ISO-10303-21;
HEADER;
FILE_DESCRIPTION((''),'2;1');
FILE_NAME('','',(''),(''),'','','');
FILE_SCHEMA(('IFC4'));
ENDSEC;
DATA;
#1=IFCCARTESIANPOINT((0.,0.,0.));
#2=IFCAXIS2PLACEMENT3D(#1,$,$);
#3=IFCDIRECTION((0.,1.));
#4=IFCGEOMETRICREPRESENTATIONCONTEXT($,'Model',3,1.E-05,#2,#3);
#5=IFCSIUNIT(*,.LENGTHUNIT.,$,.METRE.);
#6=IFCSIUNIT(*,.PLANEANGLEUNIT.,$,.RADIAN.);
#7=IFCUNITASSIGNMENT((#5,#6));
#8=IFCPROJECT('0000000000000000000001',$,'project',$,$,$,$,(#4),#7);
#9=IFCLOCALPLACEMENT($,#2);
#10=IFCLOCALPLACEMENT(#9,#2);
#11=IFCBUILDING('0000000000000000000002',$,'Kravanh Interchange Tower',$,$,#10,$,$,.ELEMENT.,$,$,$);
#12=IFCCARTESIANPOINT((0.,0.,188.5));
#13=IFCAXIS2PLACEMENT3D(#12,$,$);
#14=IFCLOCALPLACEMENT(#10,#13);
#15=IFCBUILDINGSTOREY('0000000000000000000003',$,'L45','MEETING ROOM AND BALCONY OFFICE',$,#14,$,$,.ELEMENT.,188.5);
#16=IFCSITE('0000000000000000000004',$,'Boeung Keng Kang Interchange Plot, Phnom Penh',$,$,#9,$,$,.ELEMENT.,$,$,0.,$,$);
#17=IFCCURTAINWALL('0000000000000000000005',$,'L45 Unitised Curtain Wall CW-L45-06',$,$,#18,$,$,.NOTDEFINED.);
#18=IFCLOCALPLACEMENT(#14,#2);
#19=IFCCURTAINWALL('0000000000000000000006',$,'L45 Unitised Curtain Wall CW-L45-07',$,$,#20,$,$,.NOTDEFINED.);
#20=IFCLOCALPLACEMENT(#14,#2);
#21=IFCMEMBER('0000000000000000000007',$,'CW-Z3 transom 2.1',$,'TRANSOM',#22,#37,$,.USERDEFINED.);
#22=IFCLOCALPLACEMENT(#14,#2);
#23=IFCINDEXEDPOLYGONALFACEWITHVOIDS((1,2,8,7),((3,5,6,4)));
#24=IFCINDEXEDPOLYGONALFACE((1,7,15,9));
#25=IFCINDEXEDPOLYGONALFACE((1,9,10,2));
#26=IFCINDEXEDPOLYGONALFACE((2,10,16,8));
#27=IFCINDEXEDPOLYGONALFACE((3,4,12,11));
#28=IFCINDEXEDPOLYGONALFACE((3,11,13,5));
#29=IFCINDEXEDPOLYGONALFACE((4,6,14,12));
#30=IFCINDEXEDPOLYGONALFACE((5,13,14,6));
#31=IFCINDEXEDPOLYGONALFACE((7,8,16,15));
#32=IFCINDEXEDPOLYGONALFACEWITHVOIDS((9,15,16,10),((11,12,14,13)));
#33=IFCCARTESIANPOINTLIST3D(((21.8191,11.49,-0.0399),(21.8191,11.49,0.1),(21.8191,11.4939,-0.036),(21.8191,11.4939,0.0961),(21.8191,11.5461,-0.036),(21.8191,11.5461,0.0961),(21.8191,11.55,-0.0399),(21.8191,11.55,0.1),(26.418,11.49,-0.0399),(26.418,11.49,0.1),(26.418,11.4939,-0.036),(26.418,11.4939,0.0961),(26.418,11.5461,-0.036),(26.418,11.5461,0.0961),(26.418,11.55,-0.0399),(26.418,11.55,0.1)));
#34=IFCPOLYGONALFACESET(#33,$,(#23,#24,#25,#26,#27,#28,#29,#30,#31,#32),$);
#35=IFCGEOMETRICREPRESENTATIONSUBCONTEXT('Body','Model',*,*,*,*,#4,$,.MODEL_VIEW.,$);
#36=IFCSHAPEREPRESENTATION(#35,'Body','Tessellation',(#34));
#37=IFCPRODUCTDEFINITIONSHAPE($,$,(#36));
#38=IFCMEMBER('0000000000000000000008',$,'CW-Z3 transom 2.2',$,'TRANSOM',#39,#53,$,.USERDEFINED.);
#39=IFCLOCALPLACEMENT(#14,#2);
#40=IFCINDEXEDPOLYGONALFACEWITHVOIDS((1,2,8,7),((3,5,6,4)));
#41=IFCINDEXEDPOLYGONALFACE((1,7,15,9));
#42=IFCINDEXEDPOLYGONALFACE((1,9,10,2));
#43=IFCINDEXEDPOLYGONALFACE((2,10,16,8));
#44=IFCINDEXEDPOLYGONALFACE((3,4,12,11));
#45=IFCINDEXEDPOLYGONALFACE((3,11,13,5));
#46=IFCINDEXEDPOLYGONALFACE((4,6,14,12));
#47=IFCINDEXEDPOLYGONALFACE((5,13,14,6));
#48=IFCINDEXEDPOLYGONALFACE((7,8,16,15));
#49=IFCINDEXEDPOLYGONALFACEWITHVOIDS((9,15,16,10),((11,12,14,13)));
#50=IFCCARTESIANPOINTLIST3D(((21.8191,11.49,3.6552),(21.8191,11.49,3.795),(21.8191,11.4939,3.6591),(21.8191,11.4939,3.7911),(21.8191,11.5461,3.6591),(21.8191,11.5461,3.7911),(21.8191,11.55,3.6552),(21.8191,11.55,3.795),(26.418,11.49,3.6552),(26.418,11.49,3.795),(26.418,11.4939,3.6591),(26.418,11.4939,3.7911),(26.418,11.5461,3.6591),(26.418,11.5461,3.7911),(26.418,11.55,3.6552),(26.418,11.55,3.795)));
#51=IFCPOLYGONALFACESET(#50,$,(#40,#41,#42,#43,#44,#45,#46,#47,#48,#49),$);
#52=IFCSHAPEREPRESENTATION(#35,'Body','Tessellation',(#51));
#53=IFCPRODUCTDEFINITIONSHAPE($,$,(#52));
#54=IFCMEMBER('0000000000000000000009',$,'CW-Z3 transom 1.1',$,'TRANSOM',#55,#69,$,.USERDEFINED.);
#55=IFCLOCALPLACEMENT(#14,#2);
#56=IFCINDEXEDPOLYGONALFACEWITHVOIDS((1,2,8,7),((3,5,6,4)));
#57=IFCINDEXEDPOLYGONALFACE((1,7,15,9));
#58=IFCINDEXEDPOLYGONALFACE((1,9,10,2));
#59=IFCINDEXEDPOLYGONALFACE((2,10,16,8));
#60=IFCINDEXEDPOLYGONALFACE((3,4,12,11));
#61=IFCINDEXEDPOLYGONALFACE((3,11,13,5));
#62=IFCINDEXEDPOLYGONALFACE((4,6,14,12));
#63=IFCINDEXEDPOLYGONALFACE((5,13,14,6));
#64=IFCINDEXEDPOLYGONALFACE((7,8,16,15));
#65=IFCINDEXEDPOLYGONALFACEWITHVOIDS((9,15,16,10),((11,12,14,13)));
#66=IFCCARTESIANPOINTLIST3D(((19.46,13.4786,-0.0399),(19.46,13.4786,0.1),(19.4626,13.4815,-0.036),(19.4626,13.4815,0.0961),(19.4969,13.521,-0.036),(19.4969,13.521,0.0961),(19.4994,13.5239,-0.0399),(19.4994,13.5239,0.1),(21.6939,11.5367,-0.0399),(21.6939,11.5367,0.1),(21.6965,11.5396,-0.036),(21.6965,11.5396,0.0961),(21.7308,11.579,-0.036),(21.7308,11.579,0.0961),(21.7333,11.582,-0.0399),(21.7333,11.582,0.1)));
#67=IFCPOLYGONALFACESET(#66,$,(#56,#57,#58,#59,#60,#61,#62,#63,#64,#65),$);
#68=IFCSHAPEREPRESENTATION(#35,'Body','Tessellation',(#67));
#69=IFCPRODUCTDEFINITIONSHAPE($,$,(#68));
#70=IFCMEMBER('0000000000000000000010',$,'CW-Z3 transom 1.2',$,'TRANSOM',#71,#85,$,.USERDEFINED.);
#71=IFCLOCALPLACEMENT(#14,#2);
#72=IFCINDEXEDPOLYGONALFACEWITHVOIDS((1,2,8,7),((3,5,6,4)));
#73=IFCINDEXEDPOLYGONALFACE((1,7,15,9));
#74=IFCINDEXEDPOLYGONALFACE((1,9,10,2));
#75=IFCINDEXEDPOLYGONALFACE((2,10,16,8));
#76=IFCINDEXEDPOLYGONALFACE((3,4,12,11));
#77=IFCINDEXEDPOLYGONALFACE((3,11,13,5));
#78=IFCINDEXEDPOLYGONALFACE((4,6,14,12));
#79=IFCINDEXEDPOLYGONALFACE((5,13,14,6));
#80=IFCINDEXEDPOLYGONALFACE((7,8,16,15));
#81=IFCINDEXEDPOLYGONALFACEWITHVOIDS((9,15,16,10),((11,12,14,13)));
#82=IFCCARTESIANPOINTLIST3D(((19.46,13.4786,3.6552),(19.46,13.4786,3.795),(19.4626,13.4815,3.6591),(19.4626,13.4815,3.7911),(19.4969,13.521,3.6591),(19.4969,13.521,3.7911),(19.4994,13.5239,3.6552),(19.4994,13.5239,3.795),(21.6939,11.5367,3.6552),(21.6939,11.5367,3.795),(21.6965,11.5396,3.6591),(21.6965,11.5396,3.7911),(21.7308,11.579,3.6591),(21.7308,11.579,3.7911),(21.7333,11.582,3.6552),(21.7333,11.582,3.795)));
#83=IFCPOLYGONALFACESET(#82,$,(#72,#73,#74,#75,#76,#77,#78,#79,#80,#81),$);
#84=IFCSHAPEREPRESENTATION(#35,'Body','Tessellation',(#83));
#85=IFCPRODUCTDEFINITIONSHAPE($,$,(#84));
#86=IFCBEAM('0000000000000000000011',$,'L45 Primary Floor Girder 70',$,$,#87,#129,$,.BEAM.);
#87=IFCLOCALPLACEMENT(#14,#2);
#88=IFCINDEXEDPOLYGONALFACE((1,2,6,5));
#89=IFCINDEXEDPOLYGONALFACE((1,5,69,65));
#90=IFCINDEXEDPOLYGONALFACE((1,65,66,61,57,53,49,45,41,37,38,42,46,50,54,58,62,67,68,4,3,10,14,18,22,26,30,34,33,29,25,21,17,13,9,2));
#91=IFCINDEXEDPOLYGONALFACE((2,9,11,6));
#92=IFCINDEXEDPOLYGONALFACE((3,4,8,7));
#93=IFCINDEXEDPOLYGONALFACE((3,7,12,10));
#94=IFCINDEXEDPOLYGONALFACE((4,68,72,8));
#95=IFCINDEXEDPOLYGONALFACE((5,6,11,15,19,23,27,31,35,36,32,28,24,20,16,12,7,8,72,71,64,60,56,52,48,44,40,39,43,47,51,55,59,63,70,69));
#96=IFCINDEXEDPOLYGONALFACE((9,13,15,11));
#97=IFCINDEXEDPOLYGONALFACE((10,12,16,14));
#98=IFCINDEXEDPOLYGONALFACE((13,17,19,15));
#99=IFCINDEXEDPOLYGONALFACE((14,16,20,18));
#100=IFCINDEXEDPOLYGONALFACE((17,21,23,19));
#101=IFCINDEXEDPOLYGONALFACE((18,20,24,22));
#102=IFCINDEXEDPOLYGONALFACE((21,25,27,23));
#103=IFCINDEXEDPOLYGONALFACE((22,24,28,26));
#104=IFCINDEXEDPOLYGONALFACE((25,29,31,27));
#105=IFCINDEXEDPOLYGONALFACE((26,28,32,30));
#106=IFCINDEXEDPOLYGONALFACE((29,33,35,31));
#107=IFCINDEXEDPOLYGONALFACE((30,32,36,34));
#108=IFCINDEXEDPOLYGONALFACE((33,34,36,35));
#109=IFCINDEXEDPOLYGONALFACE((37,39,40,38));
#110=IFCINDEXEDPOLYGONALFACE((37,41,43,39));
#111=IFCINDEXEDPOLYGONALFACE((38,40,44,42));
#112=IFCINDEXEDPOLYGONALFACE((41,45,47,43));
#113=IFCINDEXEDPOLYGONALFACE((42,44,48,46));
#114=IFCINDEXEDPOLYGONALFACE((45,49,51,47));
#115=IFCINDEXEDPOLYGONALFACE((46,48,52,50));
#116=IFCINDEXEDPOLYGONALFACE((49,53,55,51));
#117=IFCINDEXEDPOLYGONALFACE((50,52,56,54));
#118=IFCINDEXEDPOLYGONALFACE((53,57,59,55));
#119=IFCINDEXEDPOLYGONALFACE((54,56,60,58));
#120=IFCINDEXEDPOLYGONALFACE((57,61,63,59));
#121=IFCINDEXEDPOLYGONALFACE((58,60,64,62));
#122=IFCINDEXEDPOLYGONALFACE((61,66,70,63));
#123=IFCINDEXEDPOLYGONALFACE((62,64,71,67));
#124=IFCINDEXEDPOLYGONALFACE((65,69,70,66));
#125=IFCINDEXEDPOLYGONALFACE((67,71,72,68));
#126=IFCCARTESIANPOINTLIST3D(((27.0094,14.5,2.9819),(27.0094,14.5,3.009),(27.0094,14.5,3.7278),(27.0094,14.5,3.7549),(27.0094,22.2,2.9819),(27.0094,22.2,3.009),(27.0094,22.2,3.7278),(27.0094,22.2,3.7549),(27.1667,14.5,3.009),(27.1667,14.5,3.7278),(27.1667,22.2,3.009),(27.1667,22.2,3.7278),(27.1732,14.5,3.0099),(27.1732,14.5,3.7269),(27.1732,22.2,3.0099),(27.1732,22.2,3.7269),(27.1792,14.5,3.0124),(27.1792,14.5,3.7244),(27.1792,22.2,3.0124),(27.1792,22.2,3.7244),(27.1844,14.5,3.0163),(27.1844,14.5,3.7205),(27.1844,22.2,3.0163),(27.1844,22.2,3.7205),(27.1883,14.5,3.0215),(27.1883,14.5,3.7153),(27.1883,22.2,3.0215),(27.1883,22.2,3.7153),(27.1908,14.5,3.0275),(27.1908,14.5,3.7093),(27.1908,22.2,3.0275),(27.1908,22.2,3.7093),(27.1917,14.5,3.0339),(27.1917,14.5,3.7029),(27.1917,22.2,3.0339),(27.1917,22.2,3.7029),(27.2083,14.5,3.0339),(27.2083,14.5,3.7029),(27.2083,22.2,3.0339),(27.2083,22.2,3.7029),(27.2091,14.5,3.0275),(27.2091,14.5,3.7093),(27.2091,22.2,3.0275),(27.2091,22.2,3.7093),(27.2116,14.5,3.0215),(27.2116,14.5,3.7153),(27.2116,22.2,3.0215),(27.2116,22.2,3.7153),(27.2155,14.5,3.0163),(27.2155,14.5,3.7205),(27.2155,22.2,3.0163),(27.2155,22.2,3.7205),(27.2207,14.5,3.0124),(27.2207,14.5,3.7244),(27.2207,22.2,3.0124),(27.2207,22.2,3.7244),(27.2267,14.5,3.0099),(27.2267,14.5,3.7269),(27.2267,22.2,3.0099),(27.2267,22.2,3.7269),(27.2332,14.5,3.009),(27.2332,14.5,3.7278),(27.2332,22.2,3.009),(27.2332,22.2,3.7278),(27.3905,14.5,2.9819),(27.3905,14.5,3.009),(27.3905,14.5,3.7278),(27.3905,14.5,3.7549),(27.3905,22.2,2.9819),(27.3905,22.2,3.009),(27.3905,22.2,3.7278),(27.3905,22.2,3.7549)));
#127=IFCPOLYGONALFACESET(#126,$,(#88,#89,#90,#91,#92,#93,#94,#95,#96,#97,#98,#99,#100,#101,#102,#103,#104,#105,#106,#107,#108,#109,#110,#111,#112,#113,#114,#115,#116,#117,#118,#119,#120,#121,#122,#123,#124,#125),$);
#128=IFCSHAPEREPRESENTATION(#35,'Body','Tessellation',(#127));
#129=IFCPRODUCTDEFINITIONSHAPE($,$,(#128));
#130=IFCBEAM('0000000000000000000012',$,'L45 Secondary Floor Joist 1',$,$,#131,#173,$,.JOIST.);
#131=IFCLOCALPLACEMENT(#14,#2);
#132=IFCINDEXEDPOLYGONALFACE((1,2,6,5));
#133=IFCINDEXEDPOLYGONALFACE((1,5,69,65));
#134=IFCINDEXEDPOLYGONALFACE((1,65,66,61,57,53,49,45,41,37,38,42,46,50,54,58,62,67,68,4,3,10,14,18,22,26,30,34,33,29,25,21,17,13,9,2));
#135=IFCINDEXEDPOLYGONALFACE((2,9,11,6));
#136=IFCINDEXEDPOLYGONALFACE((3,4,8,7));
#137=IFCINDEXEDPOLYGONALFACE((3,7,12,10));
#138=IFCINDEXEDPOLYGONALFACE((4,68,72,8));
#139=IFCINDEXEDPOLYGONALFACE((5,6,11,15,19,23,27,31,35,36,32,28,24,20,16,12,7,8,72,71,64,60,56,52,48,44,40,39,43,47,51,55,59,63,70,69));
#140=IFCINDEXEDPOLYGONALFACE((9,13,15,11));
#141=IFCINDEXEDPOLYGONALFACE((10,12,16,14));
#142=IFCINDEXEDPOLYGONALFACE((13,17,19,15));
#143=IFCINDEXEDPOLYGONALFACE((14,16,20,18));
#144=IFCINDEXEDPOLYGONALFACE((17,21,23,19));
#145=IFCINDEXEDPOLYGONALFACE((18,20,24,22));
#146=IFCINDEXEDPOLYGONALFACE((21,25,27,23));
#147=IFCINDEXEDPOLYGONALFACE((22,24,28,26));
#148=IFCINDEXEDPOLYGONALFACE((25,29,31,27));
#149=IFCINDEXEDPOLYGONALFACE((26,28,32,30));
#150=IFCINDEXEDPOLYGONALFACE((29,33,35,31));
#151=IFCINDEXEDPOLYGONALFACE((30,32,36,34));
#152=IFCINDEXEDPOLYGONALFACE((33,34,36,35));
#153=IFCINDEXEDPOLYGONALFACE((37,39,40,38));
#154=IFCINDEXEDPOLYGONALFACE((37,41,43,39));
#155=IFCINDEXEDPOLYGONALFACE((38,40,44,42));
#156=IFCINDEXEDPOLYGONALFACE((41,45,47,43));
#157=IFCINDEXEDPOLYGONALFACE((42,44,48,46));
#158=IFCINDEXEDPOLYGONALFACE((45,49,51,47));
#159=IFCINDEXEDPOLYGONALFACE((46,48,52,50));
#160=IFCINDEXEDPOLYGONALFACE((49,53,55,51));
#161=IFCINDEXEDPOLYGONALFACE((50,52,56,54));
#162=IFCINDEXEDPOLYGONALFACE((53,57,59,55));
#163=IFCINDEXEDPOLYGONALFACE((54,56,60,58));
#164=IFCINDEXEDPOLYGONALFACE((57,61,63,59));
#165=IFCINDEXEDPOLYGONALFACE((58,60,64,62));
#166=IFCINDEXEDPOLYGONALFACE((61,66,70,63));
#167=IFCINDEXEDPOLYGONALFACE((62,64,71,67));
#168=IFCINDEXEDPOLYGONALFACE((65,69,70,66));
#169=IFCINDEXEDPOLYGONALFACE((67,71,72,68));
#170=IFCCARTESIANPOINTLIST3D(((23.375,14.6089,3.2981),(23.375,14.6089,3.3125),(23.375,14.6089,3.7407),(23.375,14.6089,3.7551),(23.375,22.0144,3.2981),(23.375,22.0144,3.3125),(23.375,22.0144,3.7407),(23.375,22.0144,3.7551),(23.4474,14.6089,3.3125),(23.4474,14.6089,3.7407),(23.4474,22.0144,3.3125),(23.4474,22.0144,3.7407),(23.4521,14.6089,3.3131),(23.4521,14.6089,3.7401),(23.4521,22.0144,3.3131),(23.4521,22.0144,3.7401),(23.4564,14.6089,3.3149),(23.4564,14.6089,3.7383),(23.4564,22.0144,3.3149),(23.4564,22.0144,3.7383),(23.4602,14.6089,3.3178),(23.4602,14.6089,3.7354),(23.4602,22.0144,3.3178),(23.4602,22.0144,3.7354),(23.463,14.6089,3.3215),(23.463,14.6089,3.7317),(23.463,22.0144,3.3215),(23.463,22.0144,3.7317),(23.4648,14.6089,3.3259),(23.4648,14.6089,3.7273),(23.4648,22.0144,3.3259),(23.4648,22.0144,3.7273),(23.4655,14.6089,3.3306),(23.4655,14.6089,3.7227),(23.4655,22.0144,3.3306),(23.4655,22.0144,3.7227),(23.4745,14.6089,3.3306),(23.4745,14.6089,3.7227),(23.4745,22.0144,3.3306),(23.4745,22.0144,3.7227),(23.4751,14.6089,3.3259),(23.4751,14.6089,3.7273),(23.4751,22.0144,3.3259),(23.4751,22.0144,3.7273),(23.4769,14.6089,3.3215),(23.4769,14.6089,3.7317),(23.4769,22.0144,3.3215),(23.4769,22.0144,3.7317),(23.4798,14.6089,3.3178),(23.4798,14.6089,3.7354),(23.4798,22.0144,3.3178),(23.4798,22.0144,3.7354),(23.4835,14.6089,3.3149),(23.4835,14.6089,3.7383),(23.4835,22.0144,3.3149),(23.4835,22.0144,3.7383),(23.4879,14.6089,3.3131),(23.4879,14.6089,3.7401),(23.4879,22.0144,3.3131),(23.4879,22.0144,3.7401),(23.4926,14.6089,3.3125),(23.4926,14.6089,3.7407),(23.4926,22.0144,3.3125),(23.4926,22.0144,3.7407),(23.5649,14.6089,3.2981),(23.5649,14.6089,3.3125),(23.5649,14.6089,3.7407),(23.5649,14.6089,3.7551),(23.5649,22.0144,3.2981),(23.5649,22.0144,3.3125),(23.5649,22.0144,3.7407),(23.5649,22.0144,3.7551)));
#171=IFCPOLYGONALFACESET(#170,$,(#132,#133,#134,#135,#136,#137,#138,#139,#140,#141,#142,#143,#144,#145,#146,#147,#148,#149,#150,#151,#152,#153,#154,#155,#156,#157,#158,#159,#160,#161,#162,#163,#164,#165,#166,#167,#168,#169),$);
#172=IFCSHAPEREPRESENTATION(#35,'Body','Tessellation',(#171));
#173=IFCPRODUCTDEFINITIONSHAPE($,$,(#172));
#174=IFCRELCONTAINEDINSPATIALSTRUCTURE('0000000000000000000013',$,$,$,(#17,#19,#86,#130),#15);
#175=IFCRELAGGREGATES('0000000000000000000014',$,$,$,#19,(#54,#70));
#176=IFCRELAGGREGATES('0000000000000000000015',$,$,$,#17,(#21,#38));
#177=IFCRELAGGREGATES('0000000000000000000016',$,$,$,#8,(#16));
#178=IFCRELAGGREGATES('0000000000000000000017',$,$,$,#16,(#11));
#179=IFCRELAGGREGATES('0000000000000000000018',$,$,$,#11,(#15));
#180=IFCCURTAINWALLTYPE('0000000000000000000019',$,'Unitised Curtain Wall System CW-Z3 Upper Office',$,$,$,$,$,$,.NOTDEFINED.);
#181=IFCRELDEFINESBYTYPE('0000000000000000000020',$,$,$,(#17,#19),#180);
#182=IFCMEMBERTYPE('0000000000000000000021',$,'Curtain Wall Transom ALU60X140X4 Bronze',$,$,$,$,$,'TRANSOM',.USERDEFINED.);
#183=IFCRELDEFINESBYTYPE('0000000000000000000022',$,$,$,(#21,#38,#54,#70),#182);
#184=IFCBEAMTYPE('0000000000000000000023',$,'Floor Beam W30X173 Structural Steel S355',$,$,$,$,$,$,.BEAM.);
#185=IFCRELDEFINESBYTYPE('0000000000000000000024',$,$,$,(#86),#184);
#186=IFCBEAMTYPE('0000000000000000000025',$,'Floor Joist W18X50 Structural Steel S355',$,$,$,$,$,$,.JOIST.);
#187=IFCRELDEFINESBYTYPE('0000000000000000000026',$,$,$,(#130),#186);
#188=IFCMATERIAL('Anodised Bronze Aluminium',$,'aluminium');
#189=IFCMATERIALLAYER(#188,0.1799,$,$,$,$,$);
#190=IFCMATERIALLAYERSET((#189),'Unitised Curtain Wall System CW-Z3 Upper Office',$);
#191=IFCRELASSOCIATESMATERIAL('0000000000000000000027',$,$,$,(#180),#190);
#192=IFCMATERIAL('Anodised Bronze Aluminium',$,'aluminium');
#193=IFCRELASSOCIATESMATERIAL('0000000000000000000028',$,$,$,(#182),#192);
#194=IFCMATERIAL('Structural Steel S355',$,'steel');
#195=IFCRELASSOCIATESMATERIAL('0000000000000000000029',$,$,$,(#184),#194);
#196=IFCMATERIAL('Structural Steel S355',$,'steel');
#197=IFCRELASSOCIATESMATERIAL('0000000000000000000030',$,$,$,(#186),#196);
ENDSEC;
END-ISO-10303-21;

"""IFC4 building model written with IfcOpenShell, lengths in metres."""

from ifc_helpers import new_model, si_unit, direction, frame, origin, origin_2d, place, context, subcontext, project, spatial, hollow_rectangle, i_section, extrude, material, layer, layer_set, material_profile, profile_set, type_object, element, aggregate, save


model = new_model("IFC4")

# Units and contexts
model_context = context("Model", 3, precision=1e-05, world=origin(), true_north=direction((0.0, 1.0)))
body_context = subcontext(model_context, "Body", "Model", "MODEL_VIEW")
ifc_project = project(units=[si_unit("LENGTHUNIT", "METRE"), si_unit("PLANEANGLEUNIT", "RADIAN")], contexts=[model_context])

# Site, building, storey
site_placement = place(None, origin())
site = spatial("IfcSite", under=ifc_project, at=site_placement, Name="Boeung Keng Kang Interchange Plot, Phnom Penh", CompositionType="ELEMENT", RefElevation=0.0)
building_placement = place(site_placement, origin())
building = spatial("IfcBuilding", under=site, at=building_placement, Name="Kravanh Interchange Tower", CompositionType="ELEMENT")
storey_placement = place(building_placement, frame((0.0, 0.0, 188.5)))
storey = spatial("IfcBuildingStorey", under=building, at=storey_placement, Name="L45", Description="MEETING ROOM AND BALCONY OFFICE", CompositionType="ELEMENT", Elevation=188.5)

# Curtain wall
ifc_material_1 = material(Name="Anodised Bronze Aluminium", Category="aluminium")
ifc_layer_1 = layer(ifc_material_1, 0.1799)
ifc_layer_set_1 = layer_set([ifc_layer_1], Name="Unitised Curtain Wall System CW-Z3 Upper Office")
curtain_wall_type = type_object("IfcCurtainWallType", Name="Unitised Curtain Wall System CW-Z3 Upper Office", PredefinedType="NOTDEFINED", material=ifc_layer_set_1)
curtain_wall_1_placement = place(storey_placement, origin())
curtain_wall_1 = element("IfcCurtainWall", 1, at=curtain_wall_1_placement, inside=storey, type_object=curtain_wall_type, Name="L45 Unitised Curtain Wall CW-L45-06", PredefinedType="NOTDEFINED")

# Curtain wall
curtain_wall_2_placement = place(storey_placement, origin())
curtain_wall_2 = element("IfcCurtainWall", 2, at=curtain_wall_2_placement, inside=storey, type_object=curtain_wall_type, Name="L45 Unitised Curtain Wall CW-L45-07", PredefinedType="NOTDEFINED")

# Members
ifc_material_2 = material(Name="Anodised Bronze Aluminium", Category="aluminium")
ifc_material_profile_1 = material_profile(ifc_material_2, hollow_rectangle(XDim=0.0601, YDim=0.1399, WallThickness=0.0039, at=origin_2d()), Name="ALU60X140X4")
ifc_profile_set_1 = profile_set([ifc_material_profile_1], Name="Anodised Bronze Aluminium")
member_type_1 = type_object("IfcMemberType", Name="Curtain Wall Transom ALU60X140X4 Bronze", ElementType="TRANSOM", PredefinedType="USERDEFINED", material=ifc_profile_set_1)
member_1_placement = place(storey_placement, frame((26.418, 11.52, 0.03), z_axis=(-1.0, 0.0, 0.0), x_axis=(0.0, -1.0, 0.0)))
member_1 = element("IfcMember", 3, at=member_1_placement, type_object=member_type_1, Name="CW-Z3 transom 2.1", ObjectType="TRANSOM", PredefinedType="USERDEFINED", context=body_context, shape_type="SweptSolid", body=[
    extrude(hollow_rectangle(XDim=0.0601, YDim=0.1399, WallThickness=0.0039, at=origin_2d()), origin(), (0.0, 0.0, 1.0), 4.5989),
])
member_2_placement = place(storey_placement, frame((26.418, 11.52, 3.7251), z_axis=(-1.0, 0.0, 0.0), x_axis=(0.0, -1.0, 0.0)))
member_2 = element("IfcMember", 4, at=member_2_placement, type_object=member_type_1, Name="CW-Z3 transom 2.2", ObjectType="TRANSOM", PredefinedType="USERDEFINED", context=body_context, shape_type="SweptSolid", body=[
    extrude(hollow_rectangle(XDim=0.0601, YDim=0.1399, WallThickness=0.0039, at=origin_2d()), origin(), (0.0, 0.0, 1.0), 4.5989),
])
member_3_placement = place(storey_placement, frame((21.7136, 11.5593, 0.03), z_axis=(-0.754709, 0.65606, 0.0), x_axis=(-0.65606, -0.754709, 0.0)))
member_3 = element("IfcMember", 5, at=member_3_placement, type_object=member_type_1, Name="CW-Z3 transom 1.1", ObjectType="TRANSOM", PredefinedType="USERDEFINED", context=body_context, shape_type="SweptSolid", body=[
    extrude(hollow_rectangle(XDim=0.0601, YDim=0.1399, WallThickness=0.0039, at=origin_2d()), origin(), (0.0, 0.0, 1.0), 2.96),
])
member_4_placement = place(storey_placement, frame((21.7136, 11.5593, 3.7251), z_axis=(-0.754709, 0.65606, 0.0), x_axis=(-0.65606, -0.754709, 0.0)))
member_4 = element("IfcMember", 6, at=member_4_placement, type_object=member_type_1, Name="CW-Z3 transom 1.2", ObjectType="TRANSOM", PredefinedType="USERDEFINED", context=body_context, shape_type="SweptSolid", body=[
    extrude(hollow_rectangle(XDim=0.0601, YDim=0.1399, WallThickness=0.0039, at=origin_2d()), origin(), (0.0, 0.0, 1.0), 2.96),
])
aggregate(curtain_wall_2, [member_3, member_4])

# Beams
ifc_material_3 = material(Name="Structural Steel S355", Category="steel")
ifc_material_profile_2 = material_profile(ifc_material_3, i_section(OverallWidth=0.3811, OverallDepth=0.7729, WebThickness=0.0166, FlangeThickness=0.0271, FilletRadius=0.0249, at=origin_2d()), Name="W30X173")
ifc_profile_set_2 = profile_set([ifc_material_profile_2], Name="Structural Steel S355")
beam_type_1 = type_object("IfcBeamType", Name="Floor Beam W30X173 Structural Steel S355", PredefinedType="BEAM", material=ifc_profile_set_2)
beam_1_placement = place(storey_placement, frame((27.2, 14.5, 3.3684), z_axis=(0.0, 1.0, 0.0), x_axis=(-1.0, 0.0, 0.0)))
element("IfcBeam", 7, at=beam_1_placement, inside=storey, type_object=beam_type_1, Name="L45 Primary Floor Girder 70", PredefinedType="BEAM", context=body_context, shape_type="SweptSolid", body=[
    extrude(i_section(OverallWidth=0.3811, OverallDepth=0.7729, WebThickness=0.0166, FlangeThickness=0.0271, FilletRadius=0.0249, at=origin_2d()), origin(), (0.0, 0.0, 1.0), 7.7),
])
ifc_material_4 = material(Name="Structural Steel S355", Category="steel")
ifc_material_profile_3 = material_profile(ifc_material_4, i_section(OverallWidth=0.1899, OverallDepth=0.457, WebThickness=0.009, FlangeThickness=0.0144, FilletRadius=0.0181, at=origin_2d()), Name="W18X50")
ifc_profile_set_3 = profile_set([ifc_material_profile_3], Name="Structural Steel S355")
beam_type_2 = type_object("IfcBeamType", Name="Floor Joist W18X50 Structural Steel S355", PredefinedType="JOIST", material=ifc_profile_set_3)
for number, where, z_axis, x_axis, name in (
    (8, (23.47, 14.6089, 3.5266), (0.0, 1.0, 0.0), (-1.0, 0.0, 0.0), "L45 Secondary Floor Joist 1"),
):
    element("IfcBeam", number, at=place(storey_placement, frame(where, z_axis=z_axis, x_axis=x_axis)), inside=storey, type_object=beam_type_2, Name=name, PredefinedType="JOIST", context=body_context, shape_type="SweptSolid", body=[
        extrude(i_section(OverallWidth=0.1899, OverallDepth=0.457, WebThickness=0.009, FlangeThickness=0.0144, FilletRadius=0.0181, at=origin_2d()), origin(), (0.0, 0.0, 1.0), 7.4055),
    ])

aggregate(curtain_wall_1, [member_1, member_2])

save(model, "model.ifc")
